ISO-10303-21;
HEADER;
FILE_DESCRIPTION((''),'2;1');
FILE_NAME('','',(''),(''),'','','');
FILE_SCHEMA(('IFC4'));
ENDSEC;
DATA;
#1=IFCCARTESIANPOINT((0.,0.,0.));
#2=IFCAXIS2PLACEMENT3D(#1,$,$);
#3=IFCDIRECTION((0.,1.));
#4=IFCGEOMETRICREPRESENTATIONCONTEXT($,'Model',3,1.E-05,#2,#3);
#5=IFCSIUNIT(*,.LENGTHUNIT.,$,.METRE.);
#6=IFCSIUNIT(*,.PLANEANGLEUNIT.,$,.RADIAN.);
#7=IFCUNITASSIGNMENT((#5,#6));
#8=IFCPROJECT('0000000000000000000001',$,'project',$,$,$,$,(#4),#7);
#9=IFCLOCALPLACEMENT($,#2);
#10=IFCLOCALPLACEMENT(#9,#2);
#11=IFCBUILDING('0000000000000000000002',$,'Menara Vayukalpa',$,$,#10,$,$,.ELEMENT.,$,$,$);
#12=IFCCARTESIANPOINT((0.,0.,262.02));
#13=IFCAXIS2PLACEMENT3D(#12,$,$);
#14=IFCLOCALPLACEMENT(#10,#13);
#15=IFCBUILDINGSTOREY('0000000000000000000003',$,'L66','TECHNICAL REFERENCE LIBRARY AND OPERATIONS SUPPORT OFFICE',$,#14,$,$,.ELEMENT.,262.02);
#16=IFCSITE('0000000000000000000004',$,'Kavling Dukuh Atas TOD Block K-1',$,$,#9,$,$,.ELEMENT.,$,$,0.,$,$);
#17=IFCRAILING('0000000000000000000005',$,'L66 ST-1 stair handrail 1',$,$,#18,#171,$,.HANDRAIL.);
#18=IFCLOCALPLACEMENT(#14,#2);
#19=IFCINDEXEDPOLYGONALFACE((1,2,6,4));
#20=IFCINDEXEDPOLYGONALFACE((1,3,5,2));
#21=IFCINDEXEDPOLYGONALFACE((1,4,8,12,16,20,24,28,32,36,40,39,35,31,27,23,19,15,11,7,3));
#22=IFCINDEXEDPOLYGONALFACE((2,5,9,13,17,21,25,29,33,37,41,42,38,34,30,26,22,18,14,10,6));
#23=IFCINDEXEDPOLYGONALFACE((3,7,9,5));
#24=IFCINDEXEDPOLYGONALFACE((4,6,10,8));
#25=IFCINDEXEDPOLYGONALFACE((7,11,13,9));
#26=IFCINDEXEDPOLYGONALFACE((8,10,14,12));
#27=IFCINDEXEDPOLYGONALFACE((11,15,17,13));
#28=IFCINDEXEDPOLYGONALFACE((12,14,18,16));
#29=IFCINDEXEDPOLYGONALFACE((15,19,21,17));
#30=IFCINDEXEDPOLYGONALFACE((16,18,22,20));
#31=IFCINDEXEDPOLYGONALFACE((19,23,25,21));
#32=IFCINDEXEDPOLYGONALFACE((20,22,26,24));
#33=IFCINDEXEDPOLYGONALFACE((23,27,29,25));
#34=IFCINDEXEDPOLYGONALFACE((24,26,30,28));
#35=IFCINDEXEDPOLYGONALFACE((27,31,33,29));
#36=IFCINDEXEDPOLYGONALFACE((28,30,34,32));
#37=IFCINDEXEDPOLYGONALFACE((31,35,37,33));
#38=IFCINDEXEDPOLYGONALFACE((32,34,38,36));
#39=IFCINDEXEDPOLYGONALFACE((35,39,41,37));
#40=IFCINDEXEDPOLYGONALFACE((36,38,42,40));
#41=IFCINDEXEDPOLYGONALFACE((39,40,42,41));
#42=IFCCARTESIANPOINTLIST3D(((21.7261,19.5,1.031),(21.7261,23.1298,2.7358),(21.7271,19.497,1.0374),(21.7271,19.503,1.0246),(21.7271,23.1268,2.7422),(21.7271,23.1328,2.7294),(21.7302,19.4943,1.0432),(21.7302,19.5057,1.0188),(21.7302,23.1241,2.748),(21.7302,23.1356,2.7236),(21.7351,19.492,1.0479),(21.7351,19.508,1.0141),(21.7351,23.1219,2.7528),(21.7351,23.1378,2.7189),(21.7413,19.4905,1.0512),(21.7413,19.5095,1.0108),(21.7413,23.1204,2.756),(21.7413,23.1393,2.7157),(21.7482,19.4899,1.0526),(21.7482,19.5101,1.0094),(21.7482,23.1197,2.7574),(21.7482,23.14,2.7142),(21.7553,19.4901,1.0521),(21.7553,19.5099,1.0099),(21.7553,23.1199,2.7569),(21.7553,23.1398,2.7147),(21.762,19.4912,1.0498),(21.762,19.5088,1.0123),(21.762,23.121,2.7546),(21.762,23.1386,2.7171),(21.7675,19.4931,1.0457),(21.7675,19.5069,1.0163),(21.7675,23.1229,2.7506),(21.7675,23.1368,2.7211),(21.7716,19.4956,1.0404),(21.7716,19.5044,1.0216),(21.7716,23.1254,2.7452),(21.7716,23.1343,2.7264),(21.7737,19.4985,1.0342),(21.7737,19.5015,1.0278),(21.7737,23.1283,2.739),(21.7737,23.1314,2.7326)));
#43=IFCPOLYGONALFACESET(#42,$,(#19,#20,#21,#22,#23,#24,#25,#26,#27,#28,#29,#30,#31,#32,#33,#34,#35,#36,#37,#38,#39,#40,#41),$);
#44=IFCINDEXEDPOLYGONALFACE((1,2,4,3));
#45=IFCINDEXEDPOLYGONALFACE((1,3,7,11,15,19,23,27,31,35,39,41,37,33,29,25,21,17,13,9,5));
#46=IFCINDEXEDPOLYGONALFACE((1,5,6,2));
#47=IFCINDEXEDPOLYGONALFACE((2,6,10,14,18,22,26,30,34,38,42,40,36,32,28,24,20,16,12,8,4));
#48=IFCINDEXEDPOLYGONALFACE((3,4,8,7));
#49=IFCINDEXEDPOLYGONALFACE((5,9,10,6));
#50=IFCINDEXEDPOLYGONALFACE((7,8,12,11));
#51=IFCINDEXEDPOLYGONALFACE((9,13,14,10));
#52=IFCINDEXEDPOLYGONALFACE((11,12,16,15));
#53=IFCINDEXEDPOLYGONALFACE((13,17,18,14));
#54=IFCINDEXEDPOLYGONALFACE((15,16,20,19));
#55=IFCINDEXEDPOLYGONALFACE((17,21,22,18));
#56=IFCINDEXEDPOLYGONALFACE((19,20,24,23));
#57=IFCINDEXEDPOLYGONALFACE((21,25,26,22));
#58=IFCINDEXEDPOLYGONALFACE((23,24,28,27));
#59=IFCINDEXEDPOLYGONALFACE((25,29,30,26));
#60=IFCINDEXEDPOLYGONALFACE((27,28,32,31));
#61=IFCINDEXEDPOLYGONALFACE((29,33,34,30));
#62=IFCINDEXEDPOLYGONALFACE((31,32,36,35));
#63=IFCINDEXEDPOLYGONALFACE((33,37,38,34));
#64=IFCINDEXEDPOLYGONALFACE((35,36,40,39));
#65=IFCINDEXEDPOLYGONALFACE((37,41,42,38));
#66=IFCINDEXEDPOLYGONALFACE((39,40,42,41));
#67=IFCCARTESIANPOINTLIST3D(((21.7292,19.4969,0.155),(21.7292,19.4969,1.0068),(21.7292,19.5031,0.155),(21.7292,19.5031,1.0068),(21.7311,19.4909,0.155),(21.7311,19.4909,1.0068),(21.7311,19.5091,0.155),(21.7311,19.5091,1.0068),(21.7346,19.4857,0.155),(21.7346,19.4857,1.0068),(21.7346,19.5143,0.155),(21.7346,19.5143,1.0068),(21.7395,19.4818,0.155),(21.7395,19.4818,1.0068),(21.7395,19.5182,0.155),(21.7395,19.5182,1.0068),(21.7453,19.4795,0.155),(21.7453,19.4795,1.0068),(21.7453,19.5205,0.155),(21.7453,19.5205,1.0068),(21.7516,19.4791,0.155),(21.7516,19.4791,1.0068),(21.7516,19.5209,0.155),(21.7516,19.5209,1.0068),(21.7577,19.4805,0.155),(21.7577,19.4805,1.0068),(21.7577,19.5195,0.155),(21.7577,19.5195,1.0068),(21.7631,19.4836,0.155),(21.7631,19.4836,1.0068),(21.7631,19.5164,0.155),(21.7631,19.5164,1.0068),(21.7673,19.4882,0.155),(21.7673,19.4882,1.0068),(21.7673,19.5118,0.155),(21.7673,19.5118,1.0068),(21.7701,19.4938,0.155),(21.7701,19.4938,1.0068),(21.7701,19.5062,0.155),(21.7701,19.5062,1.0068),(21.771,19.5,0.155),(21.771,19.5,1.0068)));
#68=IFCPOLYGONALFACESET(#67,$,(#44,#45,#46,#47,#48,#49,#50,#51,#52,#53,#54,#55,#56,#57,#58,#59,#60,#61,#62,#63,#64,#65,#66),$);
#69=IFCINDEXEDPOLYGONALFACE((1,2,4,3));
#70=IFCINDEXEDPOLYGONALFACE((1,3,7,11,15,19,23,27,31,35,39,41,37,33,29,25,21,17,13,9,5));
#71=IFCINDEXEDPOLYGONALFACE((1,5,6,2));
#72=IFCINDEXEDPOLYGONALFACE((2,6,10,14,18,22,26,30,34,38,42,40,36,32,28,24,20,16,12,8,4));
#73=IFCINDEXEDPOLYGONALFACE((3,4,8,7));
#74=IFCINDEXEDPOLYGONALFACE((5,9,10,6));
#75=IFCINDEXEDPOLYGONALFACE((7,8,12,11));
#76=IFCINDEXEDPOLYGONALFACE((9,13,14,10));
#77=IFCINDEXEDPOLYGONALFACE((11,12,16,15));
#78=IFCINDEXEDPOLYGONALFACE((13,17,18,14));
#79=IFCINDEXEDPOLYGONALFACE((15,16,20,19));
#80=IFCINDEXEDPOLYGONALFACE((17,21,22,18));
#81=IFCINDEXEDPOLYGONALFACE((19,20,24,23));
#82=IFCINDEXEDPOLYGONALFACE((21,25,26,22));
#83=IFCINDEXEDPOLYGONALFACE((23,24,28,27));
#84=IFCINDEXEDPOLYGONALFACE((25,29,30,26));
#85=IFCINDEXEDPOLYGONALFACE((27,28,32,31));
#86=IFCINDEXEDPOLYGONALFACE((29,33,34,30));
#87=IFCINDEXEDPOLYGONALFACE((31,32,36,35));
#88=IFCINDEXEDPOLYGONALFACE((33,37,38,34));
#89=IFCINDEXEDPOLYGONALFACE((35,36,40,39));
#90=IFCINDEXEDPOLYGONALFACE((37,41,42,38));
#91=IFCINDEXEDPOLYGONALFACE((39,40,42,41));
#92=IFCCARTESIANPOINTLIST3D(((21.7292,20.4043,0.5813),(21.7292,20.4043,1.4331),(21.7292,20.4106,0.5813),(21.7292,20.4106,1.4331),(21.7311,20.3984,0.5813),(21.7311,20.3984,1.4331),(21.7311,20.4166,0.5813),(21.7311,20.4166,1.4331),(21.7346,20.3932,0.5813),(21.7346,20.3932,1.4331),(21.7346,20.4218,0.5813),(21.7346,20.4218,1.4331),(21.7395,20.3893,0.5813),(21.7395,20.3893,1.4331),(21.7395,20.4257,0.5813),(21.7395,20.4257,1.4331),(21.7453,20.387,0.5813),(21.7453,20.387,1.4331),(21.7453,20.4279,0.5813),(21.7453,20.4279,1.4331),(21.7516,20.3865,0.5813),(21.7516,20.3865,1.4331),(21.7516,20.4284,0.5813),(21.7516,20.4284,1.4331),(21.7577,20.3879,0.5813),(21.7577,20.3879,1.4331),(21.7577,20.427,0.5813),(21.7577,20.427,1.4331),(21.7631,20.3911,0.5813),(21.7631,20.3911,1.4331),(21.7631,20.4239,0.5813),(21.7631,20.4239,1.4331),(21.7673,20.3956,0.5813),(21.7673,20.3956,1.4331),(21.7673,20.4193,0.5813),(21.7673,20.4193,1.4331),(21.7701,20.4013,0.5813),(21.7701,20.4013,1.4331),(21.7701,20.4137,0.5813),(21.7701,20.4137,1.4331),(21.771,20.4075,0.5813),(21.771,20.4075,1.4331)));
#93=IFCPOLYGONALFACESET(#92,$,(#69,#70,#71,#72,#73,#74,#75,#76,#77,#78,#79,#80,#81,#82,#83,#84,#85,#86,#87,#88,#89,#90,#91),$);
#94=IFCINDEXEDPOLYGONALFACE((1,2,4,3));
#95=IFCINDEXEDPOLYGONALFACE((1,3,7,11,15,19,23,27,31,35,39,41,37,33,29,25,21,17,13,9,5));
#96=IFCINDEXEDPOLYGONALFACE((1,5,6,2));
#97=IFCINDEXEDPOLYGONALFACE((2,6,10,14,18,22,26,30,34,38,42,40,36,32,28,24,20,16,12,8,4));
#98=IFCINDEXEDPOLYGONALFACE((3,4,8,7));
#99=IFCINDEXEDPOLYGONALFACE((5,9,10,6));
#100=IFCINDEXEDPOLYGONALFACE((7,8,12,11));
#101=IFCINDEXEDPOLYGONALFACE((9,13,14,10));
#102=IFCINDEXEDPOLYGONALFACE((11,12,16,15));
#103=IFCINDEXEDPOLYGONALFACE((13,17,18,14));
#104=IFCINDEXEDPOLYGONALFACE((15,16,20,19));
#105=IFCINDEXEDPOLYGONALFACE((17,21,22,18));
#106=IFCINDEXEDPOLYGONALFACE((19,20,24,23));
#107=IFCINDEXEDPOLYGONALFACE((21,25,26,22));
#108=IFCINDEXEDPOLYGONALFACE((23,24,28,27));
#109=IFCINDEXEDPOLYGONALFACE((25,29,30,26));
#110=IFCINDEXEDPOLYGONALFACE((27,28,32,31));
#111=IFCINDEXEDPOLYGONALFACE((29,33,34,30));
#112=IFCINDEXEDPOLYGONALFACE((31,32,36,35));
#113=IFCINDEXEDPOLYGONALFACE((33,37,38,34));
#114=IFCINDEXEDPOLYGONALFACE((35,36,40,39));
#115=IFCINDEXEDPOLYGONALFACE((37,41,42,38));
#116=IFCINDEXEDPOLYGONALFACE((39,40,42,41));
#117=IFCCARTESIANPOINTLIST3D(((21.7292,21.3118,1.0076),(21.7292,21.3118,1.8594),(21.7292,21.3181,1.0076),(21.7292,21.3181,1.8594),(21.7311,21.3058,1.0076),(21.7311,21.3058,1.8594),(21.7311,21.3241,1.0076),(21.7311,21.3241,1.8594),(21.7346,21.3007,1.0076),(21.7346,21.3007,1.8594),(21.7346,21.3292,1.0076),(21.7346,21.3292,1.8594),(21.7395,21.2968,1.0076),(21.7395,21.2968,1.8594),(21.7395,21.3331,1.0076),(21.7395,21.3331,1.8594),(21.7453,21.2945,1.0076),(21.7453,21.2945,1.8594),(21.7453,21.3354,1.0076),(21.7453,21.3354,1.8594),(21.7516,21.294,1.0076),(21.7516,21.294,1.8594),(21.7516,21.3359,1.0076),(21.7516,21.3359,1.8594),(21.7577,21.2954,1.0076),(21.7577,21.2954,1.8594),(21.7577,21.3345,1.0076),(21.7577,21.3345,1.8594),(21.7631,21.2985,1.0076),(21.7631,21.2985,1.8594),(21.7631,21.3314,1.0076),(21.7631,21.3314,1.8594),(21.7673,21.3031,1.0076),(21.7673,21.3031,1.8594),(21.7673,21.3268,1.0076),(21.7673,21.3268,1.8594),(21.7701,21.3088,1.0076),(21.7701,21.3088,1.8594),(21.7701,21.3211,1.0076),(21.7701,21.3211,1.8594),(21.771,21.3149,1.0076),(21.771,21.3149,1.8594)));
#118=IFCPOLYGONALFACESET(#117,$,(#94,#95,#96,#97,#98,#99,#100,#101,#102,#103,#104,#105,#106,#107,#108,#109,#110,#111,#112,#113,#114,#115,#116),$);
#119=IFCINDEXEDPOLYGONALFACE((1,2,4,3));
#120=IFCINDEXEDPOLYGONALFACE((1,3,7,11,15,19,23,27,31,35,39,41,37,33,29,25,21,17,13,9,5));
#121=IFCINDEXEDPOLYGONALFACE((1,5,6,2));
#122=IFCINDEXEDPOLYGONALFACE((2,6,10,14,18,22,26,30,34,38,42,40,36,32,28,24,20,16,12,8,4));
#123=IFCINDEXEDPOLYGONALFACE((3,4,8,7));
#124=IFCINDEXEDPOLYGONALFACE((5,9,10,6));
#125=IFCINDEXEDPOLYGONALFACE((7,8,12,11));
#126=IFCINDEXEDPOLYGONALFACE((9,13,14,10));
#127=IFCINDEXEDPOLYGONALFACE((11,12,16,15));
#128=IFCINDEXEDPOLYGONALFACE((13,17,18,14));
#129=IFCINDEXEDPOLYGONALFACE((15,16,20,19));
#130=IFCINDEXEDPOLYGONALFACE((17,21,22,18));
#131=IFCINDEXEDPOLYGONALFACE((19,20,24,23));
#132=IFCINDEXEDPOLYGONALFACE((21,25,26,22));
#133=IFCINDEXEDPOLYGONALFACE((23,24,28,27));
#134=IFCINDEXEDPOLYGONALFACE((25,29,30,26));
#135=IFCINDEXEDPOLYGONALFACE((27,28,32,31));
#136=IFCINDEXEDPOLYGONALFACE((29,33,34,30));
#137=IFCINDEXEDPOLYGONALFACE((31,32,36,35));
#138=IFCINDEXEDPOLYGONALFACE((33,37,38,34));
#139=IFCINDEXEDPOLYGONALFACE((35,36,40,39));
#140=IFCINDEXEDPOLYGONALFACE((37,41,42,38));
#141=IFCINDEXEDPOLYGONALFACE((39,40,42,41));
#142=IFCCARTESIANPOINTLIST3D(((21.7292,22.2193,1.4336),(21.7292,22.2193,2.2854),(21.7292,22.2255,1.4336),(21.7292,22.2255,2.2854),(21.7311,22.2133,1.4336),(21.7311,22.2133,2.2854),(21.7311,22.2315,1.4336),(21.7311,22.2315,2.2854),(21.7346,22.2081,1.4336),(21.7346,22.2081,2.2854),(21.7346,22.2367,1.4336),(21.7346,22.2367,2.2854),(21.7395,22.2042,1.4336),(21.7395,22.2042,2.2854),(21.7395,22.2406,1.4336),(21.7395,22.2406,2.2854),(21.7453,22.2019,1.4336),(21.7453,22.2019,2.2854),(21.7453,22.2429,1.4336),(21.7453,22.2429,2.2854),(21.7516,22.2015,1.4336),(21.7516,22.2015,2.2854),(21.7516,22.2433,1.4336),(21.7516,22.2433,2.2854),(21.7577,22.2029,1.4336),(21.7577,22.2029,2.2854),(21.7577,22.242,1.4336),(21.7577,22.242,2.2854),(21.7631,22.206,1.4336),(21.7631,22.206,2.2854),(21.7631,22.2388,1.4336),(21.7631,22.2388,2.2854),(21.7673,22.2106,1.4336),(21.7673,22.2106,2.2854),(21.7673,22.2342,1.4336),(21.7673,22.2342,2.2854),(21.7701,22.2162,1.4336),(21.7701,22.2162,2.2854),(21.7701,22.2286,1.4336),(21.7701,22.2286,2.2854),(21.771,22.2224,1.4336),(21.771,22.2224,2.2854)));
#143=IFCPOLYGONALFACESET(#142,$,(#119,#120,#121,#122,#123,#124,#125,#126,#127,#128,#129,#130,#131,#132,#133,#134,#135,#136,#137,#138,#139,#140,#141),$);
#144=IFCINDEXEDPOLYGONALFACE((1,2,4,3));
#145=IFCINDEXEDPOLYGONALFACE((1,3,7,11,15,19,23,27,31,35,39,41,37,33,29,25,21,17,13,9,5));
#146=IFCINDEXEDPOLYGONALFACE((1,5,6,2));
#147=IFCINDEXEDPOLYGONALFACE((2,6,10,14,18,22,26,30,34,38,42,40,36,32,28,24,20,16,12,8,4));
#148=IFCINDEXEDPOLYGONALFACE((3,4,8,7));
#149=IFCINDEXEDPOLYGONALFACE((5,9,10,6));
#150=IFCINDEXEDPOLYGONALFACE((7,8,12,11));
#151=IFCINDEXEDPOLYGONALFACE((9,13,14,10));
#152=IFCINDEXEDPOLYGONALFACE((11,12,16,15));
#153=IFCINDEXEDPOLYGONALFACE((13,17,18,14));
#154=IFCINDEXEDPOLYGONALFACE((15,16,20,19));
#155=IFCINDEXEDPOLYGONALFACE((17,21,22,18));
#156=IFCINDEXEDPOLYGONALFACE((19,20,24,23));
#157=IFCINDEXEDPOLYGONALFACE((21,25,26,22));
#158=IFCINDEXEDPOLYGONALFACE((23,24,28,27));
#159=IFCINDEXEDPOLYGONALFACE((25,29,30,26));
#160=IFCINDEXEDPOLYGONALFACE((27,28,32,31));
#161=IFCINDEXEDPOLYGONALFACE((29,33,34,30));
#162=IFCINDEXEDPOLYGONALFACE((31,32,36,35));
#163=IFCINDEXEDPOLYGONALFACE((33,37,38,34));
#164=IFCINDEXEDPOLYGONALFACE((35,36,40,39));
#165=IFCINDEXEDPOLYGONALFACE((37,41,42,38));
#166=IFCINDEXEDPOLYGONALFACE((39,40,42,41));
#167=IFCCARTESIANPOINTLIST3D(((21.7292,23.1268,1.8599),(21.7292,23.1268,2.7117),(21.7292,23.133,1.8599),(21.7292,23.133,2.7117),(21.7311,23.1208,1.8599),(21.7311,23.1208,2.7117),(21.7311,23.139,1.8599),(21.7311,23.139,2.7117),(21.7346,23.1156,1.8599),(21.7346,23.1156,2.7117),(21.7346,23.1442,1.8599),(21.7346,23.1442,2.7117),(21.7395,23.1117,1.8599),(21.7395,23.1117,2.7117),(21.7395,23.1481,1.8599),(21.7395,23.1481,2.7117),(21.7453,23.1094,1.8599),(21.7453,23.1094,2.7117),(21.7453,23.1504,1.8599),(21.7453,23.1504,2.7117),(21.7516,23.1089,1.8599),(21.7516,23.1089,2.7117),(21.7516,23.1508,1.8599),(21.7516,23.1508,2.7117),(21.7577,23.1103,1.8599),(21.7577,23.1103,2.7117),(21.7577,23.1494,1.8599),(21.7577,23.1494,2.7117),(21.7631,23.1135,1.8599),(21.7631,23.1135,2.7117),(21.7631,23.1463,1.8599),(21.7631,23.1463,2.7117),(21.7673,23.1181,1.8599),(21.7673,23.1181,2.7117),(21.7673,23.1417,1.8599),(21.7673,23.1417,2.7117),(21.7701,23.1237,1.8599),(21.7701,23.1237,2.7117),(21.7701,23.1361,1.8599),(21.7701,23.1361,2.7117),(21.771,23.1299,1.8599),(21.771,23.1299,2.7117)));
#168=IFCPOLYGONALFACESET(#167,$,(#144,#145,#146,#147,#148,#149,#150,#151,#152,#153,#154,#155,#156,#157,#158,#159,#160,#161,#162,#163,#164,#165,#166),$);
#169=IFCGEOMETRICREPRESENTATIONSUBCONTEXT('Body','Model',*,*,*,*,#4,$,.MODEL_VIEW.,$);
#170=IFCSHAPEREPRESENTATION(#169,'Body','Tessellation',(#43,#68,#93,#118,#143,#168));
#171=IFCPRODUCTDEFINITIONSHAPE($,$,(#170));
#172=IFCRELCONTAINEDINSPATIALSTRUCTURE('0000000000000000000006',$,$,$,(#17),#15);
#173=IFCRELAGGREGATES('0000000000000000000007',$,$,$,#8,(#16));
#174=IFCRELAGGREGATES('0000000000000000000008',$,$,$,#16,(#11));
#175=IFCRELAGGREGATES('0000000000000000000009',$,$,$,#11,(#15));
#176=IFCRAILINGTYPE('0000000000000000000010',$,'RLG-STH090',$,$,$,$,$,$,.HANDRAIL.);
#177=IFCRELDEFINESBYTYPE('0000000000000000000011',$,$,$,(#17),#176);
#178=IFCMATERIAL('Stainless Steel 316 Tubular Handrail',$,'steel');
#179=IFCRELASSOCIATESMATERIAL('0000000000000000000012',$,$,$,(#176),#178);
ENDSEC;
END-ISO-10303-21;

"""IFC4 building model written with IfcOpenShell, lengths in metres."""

from ifc_helpers import new_model, si_unit, direction, frame, origin, origin_2d, place, context, subcontext, project, spatial, circle, extrude, material, type_object, element, save


model = new_model("IFC4")

# Units and contexts
model_context = context("Model", 3, precision=1e-05, world=origin(), true_north=direction((0.0, 1.0)))
body_context = subcontext(model_context, "Body", "Model", "MODEL_VIEW")
ifc_project = project(units=[si_unit("LENGTHUNIT", "METRE"), si_unit("PLANEANGLEUNIT", "RADIAN")], contexts=[model_context])

# Site, building, storey
site_placement = place(None, origin())
site = spatial("IfcSite", under=ifc_project, at=site_placement, Name="Kavling Dukuh Atas TOD Block K-1", CompositionType="ELEMENT", RefElevation=0.0)
building_placement = place(site_placement, origin())
building = spatial("IfcBuilding", under=site, at=building_placement, Name="Menara Vayukalpa", CompositionType="ELEMENT")
storey_placement = place(building_placement, frame((0.0, 0.0, 262.02)))
storey = spatial("IfcBuildingStorey", under=building, at=storey_placement, Name="L66", Description="TECHNICAL REFERENCE LIBRARY AND OPERATIONS SUPPORT OFFICE", CompositionType="ELEMENT", Elevation=262.02)

# Railing
ifc_material_1 = material(Name="Stainless Steel 316 Tubular Handrail", Category="steel")
railing_type_1 = type_object("IfcRailingType", Name="RLG-STH090", PredefinedType="HANDRAIL", material=ifc_material_1)
railing_1_placement = place(storey_placement, frame((21.75, 19.5, 0.155)))
element("IfcRailing", 1, at=railing_1_placement, inside=storey, type_object=railing_type_1, Name="L66 ST-1 stair handrail 1", PredefinedType="HANDRAIL", context=body_context, shape_type="SweptSolid", body=[
    extrude(circle(Radius=0.0239, at=origin_2d()), frame((0.0, 0.0, 0.876), z_axis=(0.0, 0.90514, 0.425114), x_axis=(-1.0, 0.0, 0.0)), (0.0, 0.0, 1.0), 4.0103),
    extrude(circle(Radius=0.021, at=origin_2d()), origin(), (0.0, 0.0, 1.0), 0.8518),
    extrude(circle(Radius=0.021, at=origin_2d()), frame((0.0, 0.9075, 0.4263)), (0.0, 0.0, 1.0), 0.8518),
    extrude(circle(Radius=0.021, at=origin_2d()), frame((0.0, 1.8149, 0.8525)), (0.0, 0.0, 1.0), 0.8518),
    extrude(circle(Radius=0.021, at=origin_2d()), frame((0.0, 2.7224, 1.2786)), (0.0, 0.0, 1.0), 0.8518),
    extrude(circle(Radius=0.021, at=origin_2d()), frame((0.0, 3.6299, 1.7048)), (0.0, 0.0, 1.0), 0.8518),
])

save(model, "model.ifc")
